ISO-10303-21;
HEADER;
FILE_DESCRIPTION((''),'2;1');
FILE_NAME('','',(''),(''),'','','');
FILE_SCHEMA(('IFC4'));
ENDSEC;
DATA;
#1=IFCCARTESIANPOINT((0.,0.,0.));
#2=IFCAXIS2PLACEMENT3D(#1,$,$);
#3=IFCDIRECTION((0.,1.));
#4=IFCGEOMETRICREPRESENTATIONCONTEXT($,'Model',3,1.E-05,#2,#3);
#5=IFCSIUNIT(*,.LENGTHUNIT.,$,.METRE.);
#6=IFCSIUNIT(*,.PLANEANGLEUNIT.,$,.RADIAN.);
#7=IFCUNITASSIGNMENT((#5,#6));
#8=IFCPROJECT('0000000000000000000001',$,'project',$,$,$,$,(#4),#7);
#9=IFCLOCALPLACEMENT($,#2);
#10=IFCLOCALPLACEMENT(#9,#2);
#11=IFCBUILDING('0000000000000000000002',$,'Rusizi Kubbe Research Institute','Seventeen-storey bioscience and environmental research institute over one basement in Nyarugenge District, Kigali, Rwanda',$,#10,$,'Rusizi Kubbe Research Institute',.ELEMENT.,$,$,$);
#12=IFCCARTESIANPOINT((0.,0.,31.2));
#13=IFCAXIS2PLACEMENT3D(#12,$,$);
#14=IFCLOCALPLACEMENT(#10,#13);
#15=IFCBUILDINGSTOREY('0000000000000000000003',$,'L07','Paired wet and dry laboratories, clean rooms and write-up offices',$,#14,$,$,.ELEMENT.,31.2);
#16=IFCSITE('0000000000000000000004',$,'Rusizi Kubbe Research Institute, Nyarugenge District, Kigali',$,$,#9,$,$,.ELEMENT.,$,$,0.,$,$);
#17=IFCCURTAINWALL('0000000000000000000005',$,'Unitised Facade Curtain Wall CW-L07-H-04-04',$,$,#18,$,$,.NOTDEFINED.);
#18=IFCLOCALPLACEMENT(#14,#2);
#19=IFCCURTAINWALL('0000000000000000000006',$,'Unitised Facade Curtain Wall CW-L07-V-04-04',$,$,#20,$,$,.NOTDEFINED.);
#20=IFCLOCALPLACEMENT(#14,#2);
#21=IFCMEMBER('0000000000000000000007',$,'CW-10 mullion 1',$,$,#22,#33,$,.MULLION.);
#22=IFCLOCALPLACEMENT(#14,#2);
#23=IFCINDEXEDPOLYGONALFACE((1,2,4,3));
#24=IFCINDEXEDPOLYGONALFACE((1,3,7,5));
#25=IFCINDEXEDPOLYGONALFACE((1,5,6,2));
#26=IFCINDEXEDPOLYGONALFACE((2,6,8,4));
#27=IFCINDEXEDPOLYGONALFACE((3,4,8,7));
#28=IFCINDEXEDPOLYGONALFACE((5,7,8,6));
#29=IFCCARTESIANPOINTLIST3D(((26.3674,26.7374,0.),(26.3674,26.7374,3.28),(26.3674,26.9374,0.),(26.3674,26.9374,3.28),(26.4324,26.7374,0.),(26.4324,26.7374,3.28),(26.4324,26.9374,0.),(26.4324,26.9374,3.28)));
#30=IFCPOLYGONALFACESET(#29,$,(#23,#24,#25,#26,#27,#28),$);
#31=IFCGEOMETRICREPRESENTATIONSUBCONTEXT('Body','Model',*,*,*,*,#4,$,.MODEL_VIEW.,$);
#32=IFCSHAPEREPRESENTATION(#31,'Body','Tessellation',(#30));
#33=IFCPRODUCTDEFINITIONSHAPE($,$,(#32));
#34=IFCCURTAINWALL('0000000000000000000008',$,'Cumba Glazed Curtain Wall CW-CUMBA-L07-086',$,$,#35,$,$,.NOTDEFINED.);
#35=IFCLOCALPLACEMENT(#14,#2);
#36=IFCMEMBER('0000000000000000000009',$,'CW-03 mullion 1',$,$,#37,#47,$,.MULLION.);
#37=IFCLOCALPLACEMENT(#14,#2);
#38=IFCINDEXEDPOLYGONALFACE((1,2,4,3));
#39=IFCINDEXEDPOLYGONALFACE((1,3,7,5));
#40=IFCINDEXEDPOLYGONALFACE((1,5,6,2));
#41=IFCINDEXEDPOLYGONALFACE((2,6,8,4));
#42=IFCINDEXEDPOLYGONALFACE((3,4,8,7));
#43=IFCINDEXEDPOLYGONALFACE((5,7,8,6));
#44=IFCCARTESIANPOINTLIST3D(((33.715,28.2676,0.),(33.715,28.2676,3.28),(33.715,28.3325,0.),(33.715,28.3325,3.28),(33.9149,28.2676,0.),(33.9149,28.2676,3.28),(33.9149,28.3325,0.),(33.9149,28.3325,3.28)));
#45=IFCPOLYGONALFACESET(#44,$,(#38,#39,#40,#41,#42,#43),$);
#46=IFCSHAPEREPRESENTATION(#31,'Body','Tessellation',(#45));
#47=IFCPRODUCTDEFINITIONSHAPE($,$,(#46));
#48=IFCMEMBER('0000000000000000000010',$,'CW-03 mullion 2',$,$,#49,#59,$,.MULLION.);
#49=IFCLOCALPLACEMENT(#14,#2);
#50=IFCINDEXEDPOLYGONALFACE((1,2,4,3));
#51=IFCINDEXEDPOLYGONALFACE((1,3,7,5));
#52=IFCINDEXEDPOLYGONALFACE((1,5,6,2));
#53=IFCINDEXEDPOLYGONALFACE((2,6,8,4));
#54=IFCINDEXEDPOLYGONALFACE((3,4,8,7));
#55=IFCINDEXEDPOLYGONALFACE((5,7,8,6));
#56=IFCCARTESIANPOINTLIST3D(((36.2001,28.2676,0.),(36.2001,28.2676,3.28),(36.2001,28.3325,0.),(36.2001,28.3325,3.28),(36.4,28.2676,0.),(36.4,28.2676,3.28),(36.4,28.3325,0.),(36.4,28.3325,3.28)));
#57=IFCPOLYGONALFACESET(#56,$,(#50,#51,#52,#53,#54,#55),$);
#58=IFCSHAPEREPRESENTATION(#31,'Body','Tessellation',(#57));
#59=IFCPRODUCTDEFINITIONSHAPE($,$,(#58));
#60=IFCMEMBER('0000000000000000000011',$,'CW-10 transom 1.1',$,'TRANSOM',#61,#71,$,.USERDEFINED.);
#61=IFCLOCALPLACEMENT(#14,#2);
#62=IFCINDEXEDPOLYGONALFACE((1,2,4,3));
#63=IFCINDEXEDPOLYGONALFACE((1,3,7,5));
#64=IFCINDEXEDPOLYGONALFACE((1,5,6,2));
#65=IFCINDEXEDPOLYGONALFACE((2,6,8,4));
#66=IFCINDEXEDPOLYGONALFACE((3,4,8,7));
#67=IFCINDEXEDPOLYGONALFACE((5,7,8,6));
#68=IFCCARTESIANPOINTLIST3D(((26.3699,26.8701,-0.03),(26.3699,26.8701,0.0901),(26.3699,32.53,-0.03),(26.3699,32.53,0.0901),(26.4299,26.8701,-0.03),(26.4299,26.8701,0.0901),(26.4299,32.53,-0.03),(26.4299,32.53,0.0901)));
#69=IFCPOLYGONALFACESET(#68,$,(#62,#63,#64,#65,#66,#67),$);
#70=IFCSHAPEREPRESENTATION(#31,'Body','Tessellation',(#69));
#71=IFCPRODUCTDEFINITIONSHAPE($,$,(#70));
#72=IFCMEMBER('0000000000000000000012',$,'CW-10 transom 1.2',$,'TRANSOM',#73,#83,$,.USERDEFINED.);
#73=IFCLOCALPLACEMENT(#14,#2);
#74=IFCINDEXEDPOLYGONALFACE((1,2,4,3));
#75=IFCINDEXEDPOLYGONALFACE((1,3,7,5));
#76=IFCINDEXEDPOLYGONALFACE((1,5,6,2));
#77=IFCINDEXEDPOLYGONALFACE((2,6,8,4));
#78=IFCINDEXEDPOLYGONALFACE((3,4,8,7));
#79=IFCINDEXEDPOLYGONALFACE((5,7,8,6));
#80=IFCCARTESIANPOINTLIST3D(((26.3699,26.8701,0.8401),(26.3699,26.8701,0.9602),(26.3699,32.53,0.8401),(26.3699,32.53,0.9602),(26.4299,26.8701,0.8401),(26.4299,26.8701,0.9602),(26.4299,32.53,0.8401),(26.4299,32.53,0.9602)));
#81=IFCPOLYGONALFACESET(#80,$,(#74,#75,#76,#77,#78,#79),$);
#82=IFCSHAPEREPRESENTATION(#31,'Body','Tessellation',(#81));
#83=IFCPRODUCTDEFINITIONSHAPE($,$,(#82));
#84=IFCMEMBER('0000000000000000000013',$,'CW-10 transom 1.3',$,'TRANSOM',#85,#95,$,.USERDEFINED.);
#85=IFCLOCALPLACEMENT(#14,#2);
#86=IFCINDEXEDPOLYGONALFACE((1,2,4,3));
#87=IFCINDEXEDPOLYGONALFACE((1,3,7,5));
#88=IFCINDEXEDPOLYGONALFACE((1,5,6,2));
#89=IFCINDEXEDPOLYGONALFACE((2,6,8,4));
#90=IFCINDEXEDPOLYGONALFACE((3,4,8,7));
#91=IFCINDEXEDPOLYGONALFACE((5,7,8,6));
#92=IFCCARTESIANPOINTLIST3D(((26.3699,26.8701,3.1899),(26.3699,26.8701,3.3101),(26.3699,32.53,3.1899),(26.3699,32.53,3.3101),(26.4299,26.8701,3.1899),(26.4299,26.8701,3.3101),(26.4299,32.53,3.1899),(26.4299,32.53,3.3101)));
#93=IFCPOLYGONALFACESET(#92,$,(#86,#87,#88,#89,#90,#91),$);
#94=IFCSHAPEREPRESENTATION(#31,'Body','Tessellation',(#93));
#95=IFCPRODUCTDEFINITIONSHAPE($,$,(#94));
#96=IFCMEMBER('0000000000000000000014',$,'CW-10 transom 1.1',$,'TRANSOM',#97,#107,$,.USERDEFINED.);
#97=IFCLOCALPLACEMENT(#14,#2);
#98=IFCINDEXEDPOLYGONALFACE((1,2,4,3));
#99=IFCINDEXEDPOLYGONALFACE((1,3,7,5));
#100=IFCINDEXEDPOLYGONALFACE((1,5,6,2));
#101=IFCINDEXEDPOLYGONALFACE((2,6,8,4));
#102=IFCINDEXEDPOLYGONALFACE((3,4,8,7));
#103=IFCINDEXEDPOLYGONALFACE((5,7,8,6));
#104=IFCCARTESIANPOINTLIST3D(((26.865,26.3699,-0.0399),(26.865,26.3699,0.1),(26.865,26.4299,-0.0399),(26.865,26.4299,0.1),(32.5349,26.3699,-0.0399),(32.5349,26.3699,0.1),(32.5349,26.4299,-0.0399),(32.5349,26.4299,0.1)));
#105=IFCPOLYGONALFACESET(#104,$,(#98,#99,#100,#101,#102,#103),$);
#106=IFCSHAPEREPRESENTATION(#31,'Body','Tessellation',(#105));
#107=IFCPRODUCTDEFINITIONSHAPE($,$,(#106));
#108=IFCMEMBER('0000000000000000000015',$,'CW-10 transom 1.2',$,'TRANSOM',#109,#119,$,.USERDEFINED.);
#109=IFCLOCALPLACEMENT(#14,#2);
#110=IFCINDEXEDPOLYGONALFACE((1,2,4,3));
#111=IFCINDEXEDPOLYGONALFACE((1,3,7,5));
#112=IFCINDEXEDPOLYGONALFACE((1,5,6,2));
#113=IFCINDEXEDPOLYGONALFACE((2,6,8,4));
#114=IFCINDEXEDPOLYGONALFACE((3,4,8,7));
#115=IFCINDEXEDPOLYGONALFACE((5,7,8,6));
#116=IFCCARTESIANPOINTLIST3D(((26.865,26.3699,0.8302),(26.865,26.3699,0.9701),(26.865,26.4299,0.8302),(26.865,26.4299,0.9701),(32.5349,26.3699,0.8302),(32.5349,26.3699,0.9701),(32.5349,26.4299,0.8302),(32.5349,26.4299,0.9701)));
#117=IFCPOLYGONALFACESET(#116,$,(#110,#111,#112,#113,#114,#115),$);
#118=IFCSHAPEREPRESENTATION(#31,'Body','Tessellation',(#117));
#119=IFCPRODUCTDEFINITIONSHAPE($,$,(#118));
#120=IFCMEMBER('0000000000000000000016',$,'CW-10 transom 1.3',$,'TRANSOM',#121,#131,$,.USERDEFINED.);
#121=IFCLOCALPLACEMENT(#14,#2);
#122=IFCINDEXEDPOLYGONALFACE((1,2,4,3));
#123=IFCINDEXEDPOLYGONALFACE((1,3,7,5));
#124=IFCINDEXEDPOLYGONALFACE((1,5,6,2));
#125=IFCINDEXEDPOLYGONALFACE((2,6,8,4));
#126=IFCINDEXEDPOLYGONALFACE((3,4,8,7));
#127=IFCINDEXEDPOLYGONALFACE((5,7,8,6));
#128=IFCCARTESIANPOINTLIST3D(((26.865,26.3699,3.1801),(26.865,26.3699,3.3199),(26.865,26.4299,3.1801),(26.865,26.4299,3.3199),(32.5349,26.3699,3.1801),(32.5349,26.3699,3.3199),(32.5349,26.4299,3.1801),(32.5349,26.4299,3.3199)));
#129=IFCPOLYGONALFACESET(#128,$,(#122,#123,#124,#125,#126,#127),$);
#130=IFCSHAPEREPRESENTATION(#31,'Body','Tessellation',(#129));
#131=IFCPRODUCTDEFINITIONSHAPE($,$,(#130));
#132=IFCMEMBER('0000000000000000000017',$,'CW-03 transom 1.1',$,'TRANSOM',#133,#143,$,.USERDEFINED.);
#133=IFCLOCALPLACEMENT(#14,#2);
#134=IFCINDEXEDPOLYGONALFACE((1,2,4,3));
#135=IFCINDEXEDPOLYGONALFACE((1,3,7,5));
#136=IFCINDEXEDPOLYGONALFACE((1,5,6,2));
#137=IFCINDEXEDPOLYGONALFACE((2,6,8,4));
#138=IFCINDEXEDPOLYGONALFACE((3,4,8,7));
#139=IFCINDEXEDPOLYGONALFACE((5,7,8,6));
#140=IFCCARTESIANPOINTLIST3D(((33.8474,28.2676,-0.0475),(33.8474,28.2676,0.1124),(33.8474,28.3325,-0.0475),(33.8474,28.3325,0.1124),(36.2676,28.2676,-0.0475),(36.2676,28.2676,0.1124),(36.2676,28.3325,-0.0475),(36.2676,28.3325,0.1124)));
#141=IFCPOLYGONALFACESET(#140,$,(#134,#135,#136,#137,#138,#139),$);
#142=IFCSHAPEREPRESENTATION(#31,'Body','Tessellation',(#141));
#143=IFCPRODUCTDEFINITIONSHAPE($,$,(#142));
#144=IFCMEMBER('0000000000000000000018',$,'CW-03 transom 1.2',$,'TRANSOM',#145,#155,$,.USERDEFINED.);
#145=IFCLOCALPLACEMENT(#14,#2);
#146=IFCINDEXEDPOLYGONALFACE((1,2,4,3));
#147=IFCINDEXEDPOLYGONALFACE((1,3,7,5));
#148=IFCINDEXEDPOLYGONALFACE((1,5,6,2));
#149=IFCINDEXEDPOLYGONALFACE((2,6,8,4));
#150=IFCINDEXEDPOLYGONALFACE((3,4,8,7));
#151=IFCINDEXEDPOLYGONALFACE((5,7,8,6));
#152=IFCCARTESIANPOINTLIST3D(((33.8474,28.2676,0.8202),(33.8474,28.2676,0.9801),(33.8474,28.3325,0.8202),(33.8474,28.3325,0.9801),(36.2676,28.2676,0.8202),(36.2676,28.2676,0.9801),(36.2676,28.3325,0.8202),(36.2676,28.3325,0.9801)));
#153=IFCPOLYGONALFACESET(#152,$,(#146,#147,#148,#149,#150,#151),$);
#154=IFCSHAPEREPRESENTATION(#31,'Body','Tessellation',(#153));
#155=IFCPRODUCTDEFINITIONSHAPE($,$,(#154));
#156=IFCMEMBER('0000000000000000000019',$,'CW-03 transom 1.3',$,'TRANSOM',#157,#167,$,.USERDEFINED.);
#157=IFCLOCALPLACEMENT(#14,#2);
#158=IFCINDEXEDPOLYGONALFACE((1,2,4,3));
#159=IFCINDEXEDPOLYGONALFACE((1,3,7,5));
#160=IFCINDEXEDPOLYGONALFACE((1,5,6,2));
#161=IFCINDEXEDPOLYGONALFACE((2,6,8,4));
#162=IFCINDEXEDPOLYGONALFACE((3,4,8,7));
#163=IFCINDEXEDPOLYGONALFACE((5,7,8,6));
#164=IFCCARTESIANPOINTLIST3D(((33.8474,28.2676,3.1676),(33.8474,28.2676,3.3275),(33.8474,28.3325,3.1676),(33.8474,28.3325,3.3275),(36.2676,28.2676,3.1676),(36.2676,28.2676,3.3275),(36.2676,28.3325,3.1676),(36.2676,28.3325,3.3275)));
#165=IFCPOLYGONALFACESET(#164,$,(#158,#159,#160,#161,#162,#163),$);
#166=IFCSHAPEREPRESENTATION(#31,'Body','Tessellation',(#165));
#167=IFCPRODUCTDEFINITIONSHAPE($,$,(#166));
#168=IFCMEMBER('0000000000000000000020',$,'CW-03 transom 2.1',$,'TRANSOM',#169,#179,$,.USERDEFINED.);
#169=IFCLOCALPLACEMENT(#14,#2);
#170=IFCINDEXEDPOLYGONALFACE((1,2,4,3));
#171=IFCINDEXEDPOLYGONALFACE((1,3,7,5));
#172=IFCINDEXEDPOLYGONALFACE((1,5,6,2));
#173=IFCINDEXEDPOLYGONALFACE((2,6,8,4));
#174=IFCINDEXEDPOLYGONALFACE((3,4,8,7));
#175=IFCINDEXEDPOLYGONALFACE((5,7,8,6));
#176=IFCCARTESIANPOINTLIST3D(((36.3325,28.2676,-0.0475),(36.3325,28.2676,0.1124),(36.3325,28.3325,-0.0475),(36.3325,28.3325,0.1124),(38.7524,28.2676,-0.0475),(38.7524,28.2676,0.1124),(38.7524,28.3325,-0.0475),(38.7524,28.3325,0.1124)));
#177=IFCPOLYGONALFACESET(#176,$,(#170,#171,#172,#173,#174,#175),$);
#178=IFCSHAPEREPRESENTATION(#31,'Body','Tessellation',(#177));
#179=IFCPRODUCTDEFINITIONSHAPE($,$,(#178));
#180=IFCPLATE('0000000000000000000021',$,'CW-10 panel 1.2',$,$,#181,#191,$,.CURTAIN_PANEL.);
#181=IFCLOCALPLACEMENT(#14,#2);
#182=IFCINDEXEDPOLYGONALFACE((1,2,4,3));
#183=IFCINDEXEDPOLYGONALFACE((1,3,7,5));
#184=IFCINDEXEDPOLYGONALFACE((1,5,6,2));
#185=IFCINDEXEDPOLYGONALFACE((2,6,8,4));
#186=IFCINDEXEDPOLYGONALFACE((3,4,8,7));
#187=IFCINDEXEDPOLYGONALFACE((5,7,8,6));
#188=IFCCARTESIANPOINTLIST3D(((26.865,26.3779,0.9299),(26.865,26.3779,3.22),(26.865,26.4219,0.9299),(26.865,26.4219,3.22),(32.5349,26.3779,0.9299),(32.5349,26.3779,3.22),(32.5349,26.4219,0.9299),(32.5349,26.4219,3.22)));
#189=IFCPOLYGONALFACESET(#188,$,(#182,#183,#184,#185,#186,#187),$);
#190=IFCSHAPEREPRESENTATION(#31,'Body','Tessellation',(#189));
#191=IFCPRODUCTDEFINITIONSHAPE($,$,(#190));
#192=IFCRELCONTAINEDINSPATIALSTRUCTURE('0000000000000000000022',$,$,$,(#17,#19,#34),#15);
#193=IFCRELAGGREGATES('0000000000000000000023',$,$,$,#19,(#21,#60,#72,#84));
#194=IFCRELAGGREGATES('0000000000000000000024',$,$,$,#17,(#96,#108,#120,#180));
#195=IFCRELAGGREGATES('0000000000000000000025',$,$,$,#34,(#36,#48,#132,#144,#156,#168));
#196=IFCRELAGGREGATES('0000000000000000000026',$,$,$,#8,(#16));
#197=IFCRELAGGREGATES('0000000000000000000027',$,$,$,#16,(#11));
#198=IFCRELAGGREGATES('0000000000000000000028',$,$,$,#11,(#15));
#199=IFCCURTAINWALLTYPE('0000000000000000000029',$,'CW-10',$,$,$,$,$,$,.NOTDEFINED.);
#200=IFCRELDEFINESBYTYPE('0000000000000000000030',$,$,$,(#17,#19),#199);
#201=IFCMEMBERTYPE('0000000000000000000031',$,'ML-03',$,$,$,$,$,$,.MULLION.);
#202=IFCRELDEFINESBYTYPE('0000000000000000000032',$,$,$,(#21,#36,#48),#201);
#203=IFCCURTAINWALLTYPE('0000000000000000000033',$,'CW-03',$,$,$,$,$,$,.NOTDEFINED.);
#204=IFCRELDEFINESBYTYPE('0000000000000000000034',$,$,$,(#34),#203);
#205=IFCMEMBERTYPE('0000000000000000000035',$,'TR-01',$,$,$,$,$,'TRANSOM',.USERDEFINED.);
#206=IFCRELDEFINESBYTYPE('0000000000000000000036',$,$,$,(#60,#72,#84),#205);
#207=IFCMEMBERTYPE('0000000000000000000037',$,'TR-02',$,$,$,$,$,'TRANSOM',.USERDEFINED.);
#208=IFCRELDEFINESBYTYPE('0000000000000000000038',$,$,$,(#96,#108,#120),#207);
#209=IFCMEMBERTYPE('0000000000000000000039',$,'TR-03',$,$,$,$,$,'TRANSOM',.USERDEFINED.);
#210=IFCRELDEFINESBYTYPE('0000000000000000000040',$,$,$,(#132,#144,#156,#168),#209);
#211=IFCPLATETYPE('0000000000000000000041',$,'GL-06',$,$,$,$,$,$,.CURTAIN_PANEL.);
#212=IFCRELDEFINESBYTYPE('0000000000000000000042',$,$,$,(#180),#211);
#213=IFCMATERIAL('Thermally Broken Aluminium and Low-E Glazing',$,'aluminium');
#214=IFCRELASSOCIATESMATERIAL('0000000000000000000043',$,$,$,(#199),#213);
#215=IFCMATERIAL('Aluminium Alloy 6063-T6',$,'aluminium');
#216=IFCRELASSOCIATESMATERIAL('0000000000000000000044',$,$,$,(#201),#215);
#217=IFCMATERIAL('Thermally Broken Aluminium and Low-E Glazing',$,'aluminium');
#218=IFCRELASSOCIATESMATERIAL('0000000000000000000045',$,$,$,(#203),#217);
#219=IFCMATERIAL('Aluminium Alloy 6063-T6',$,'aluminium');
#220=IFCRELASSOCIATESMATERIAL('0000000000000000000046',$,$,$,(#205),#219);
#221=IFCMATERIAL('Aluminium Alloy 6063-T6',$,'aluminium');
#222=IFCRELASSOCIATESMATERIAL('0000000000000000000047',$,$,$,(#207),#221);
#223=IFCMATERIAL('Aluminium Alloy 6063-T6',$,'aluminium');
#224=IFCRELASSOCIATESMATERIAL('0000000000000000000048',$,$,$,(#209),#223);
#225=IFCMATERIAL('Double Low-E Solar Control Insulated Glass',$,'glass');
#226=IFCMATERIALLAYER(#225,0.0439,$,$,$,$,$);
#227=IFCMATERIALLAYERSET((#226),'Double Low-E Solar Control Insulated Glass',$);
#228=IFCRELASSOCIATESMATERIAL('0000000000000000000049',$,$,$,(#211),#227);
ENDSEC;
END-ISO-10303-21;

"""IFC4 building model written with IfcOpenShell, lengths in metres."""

from ifc_helpers import new_model, si_unit, direction, frame, origin, origin_2d, place, context, subcontext, project, spatial, rectangle, extrude, material, layer, layer_set, material_profile, profile_set, type_object, element, aggregate, save


model = new_model("IFC4")

# Units and contexts
model_context = context("Model", 3, precision=1e-05, world=origin(), true_north=direction((0.0, 1.0)))
body_context = subcontext(model_context, "Body", "Model", "MODEL_VIEW")
ifc_project = project(units=[si_unit("LENGTHUNIT", "METRE"), si_unit("PLANEANGLEUNIT", "RADIAN")], contexts=[model_context])

# Site, building, storey
site_placement = place(None, origin())
site = spatial("IfcSite", under=ifc_project, at=site_placement, Name="Rusizi Kubbe Research Institute, Nyarugenge District, Kigali", CompositionType="ELEMENT", RefElevation=0.0)
building_placement = place(site_placement, origin())
building = spatial("IfcBuilding", under=site, at=building_placement, Name="Rusizi Kubbe Research Institute", Description="Seventeen-storey bioscience and environmental research institute over one basement in Nyarugenge District, Kigali, Rwanda", LongName="Rusizi Kubbe Research Institute", CompositionType="ELEMENT")
storey_placement = place(building_placement, frame((0.0, 0.0, 31.2)))
storey = spatial("IfcBuildingStorey", under=building, at=storey_placement, Name="L07", Description="Paired wet and dry laboratories, clean rooms and write-up offices", CompositionType="ELEMENT", Elevation=31.2)

# Curtain wall
ifc_material_1 = material(Name="Thermally Broken Aluminium and Low-E Glazing", Category="aluminium")
curtain_wall_type_1 = type_object("IfcCurtainWallType", Name="CW-10", PredefinedType="NOTDEFINED", material=ifc_material_1)
curtain_wall_1_placement = place(storey_placement, origin())
curtain_wall_1 = element("IfcCurtainWall", 1, at=curtain_wall_1_placement, inside=storey, type_object=curtain_wall_type_1, Name="Unitised Facade Curtain Wall CW-L07-H-04-04", PredefinedType="NOTDEFINED")

# Curtain wall, member
curtain_wall_2_placement = place(storey_placement, origin())
curtain_wall_2 = element("IfcCurtainWall", 2, at=curtain_wall_2_placement, inside=storey, type_object=curtain_wall_type_1, Name="Unitised Facade Curtain Wall CW-L07-V-04-04", PredefinedType="NOTDEFINED")
ifc_material_2 = material(Name="Aluminium Alloy 6063-T6", Category="aluminium")
ifc_material_profile_1 = material_profile(ifc_material_2, rectangle(XDim=0.0649, YDim=0.2, at=origin_2d()), Name="ALU-M 65x200")
ifc_profile_set_1 = profile_set([ifc_material_profile_1], Name="Aluminium Alloy 6063-T6")
member_type_1 = type_object("IfcMemberType", Name="ML-03", PredefinedType="MULLION", material=ifc_profile_set_1)
member_1_placement = place(storey_placement, frame((26.3999, 26.8374, 0.0), z_axis=(0.0, 0.0, 1.0), x_axis=(-1.0, 0.0, 0.0)))
member_1 = element("IfcMember", 3, at=member_1_placement, type_object=member_type_1, Name="CW-10 mullion 1", PredefinedType="MULLION", context=body_context, shape_type="SweptSolid", body=[
    extrude(rectangle(XDim=0.0649, YDim=0.2, at=origin_2d()), origin(), (0.0, 0.0, 1.0), 3.28),
])

# Curtain wall, members
ifc_material_3 = material(Name="Thermally Broken Aluminium and Low-E Glazing", Category="aluminium")
curtain_wall_type_2 = type_object("IfcCurtainWallType", Name="CW-03", PredefinedType="NOTDEFINED", material=ifc_material_3)
curtain_wall_3_placement = place(storey_placement, origin())
curtain_wall_3 = element("IfcCurtainWall", 4, at=curtain_wall_3_placement, inside=storey, type_object=curtain_wall_type_2, Name="Cumba Glazed Curtain Wall CW-CUMBA-L07-086", PredefinedType="NOTDEFINED")
member_2_placement = place(storey_placement, frame((33.8149, 28.3, 0.0), z_axis=(0.0, 0.0, 1.0), x_axis=(0.0, 1.0, 0.0)))
member_2 = element("IfcMember", 5, at=member_2_placement, type_object=member_type_1, Name="CW-03 mullion 1", PredefinedType="MULLION", context=body_context, shape_type="SweptSolid", body=[
    extrude(rectangle(XDim=0.0649, YDim=0.2, at=origin_2d()), origin(), (0.0, 0.0, 1.0), 3.28),
])
member_3_placement = place(storey_placement, frame((36.3, 28.3, 0.0), z_axis=(0.0, 0.0, 1.0), x_axis=(0.0, 1.0, 0.0)))
member_3 = element("IfcMember", 6, at=member_3_placement, type_object=member_type_1, Name="CW-03 mullion 2", PredefinedType="MULLION", context=body_context, shape_type="SweptSolid", body=[
    extrude(rectangle(XDim=0.0649, YDim=0.2, at=origin_2d()), origin(), (0.0, 0.0, 1.0), 3.28),
])

# Members
ifc_material_4 = material(Name="Aluminium Alloy 6063-T6", Category="aluminium")
ifc_material_profile_2 = material_profile(ifc_material_4, rectangle(XDim=0.0601, YDim=0.1201, at=origin_2d()), Name="ALU-T 60x120")
ifc_profile_set_2 = profile_set([ifc_material_profile_2], Name="Aluminium Alloy 6063-T6")
member_type_2 = type_object("IfcMemberType", Name="TR-01", ElementType="TRANSOM", PredefinedType="USERDEFINED", material=ifc_profile_set_2)
member_4_placement = place(storey_placement, frame((26.3999, 26.8701, 0.03), z_axis=(0.0, 1.0, 0.0), x_axis=(-1.0, 0.0, 0.0)))
member_4 = element("IfcMember", 7, at=member_4_placement, type_object=member_type_2, Name="CW-10 transom 1.1", ObjectType="TRANSOM", PredefinedType="USERDEFINED", context=body_context, shape_type="SweptSolid", body=[
    extrude(rectangle(XDim=0.0601, YDim=0.1201, at=origin_2d()), origin(), (0.0, 0.0, 1.0), 5.6599),
])
member_5_placement = place(storey_placement, frame((26.3999, 26.8701, 0.9001), z_axis=(0.0, 1.0, 0.0), x_axis=(-1.0, 0.0, 0.0)))
member_5 = element("IfcMember", 8, at=member_5_placement, type_object=member_type_2, Name="CW-10 transom 1.2", ObjectType="TRANSOM", PredefinedType="USERDEFINED", context=body_context, shape_type="SweptSolid", body=[
    extrude(rectangle(XDim=0.0601, YDim=0.1201, at=origin_2d()), origin(), (0.0, 0.0, 1.0), 5.6599),
])
member_6_placement = place(storey_placement, frame((26.3999, 26.8701, 3.25), z_axis=(0.0, 1.0, 0.0), x_axis=(-1.0, 0.0, 0.0)))
member_6 = element("IfcMember", 9, at=member_6_placement, type_object=member_type_2, Name="CW-10 transom 1.3", ObjectType="TRANSOM", PredefinedType="USERDEFINED", context=body_context, shape_type="SweptSolid", body=[
    extrude(rectangle(XDim=0.0601, YDim=0.1201, at=origin_2d()), origin(), (0.0, 0.0, 1.0), 5.6599),
])
aggregate(curtain_wall_2, [member_1, member_4, member_5, member_6])
ifc_material_5 = material(Name="Aluminium Alloy 6063-T6", Category="aluminium")
ifc_material_profile_3 = material_profile(ifc_material_5, rectangle(XDim=0.0601, YDim=0.1399, at=origin_2d()), Name="ALU-T 60x140")
ifc_profile_set_3 = profile_set([ifc_material_profile_3], Name="Aluminium Alloy 6063-T6")
member_type_3 = type_object("IfcMemberType", Name="TR-02", ElementType="TRANSOM", PredefinedType="USERDEFINED", material=ifc_profile_set_3)
member_7_placement = place(storey_placement, frame((26.865, 26.3999, 0.03), z_axis=(1.0, 0.0, 0.0), x_axis=(0.0, 1.0, 0.0)))
member_7 = element("IfcMember", 10, at=member_7_placement, type_object=member_type_3, Name="CW-10 transom 1.1", ObjectType="TRANSOM", PredefinedType="USERDEFINED", context=body_context, shape_type="SweptSolid", body=[
    extrude(rectangle(XDim=0.0601, YDim=0.1399, at=origin_2d()), origin(), (0.0, 0.0, 1.0), 5.6699),
])
member_8_placement = place(storey_placement, frame((26.865, 26.3999, 0.9001), z_axis=(1.0, 0.0, 0.0), x_axis=(0.0, 1.0, 0.0)))
member_8 = element("IfcMember", 11, at=member_8_placement, type_object=member_type_3, Name="CW-10 transom 1.2", ObjectType="TRANSOM", PredefinedType="USERDEFINED", context=body_context, shape_type="SweptSolid", body=[
    extrude(rectangle(XDim=0.0601, YDim=0.1399, at=origin_2d()), origin(), (0.0, 0.0, 1.0), 5.6699),
])
member_9_placement = place(storey_placement, frame((26.865, 26.3999, 3.25), z_axis=(1.0, 0.0, 0.0), x_axis=(0.0, 1.0, 0.0)))
member_9 = element("IfcMember", 12, at=member_9_placement, type_object=member_type_3, Name="CW-10 transom 1.3", ObjectType="TRANSOM", PredefinedType="USERDEFINED", context=body_context, shape_type="SweptSolid", body=[
    extrude(rectangle(XDim=0.0601, YDim=0.1399, at=origin_2d()), origin(), (0.0, 0.0, 1.0), 5.6699),
])
ifc_material_6 = material(Name="Aluminium Alloy 6063-T6", Category="aluminium")
ifc_material_profile_4 = material_profile(ifc_material_6, rectangle(XDim=0.0649, YDim=0.1599, at=origin_2d()), Name="ALU-T 65x160")
ifc_profile_set_4 = profile_set([ifc_material_profile_4], Name="Aluminium Alloy 6063-T6")
member_type_4 = type_object("IfcMemberType", Name="TR-03", ElementType="TRANSOM", PredefinedType="USERDEFINED", material=ifc_profile_set_4)
member_10_placement = place(storey_placement, frame((33.8474, 28.3, 0.0325), z_axis=(1.0, 0.0, 0.0), x_axis=(0.0, 1.0, 0.0)))
member_10 = element("IfcMember", 13, at=member_10_placement, type_object=member_type_4, Name="CW-03 transom 1.1", ObjectType="TRANSOM", PredefinedType="USERDEFINED", context=body_context, shape_type="SweptSolid", body=[
    extrude(rectangle(XDim=0.0649, YDim=0.1599, at=origin_2d()), origin(), (0.0, 0.0, 1.0), 2.4202),
])
member_11_placement = place(storey_placement, frame((33.8474, 28.3, 0.9001), z_axis=(1.0, 0.0, 0.0), x_axis=(0.0, 1.0, 0.0)))
member_11 = element("IfcMember", 14, at=member_11_placement, type_object=member_type_4, Name="CW-03 transom 1.2", ObjectType="TRANSOM", PredefinedType="USERDEFINED", context=body_context, shape_type="SweptSolid", body=[
    extrude(rectangle(XDim=0.0649, YDim=0.1599, at=origin_2d()), origin(), (0.0, 0.0, 1.0), 2.4202),
])
member_12_placement = place(storey_placement, frame((33.8474, 28.3, 3.2476), z_axis=(1.0, 0.0, 0.0), x_axis=(0.0, 1.0, 0.0)))
member_12 = element("IfcMember", 15, at=member_12_placement, type_object=member_type_4, Name="CW-03 transom 1.3", ObjectType="TRANSOM", PredefinedType="USERDEFINED", context=body_context, shape_type="SweptSolid", body=[
    extrude(rectangle(XDim=0.0649, YDim=0.1599, at=origin_2d()), origin(), (0.0, 0.0, 1.0), 2.4202),
])
member_13_placement = place(storey_placement, frame((36.3325, 28.3, 0.0325), z_axis=(1.0, 0.0, 0.0), x_axis=(0.0, 1.0, 0.0)))
member_13 = element("IfcMember", 16, at=member_13_placement, type_object=member_type_4, Name="CW-03 transom 2.1", ObjectType="TRANSOM", PredefinedType="USERDEFINED", context=body_context, shape_type="SweptSolid", body=[
    extrude(rectangle(XDim=0.0649, YDim=0.1599, at=origin_2d()), origin(), (0.0, 0.0, 1.0), 2.4199),
])

# Plate
ifc_material_7 = material(Name="Double Low-E Solar Control Insulated Glass", Category="glass")
ifc_layer_1 = layer(ifc_material_7, 0.0439)
ifc_layer_set_1 = layer_set([ifc_layer_1], Name="Double Low-E Solar Control Insulated Glass")
plate_type_1 = type_object("IfcPlateType", Name="GL-06", PredefinedType="CURTAIN_PANEL", material=ifc_layer_set_1)
plate_1_placement = place(storey_placement, frame((29.7, 26.3999, 0.9299), z_axis=(0.0, 0.0, 1.0), x_axis=(1.0, 0.0, 0.0)))
plate_1 = element("IfcPlate", 17, at=plate_1_placement, type_object=plate_type_1, Name="CW-10 panel 1.2", PredefinedType="CURTAIN_PANEL", context=body_context, shape_type="SweptSolid", body=[
    extrude(rectangle(XDim=5.6699, YDim=0.0439, at=origin_2d()), origin(), (0.0, 0.0, 1.0), 2.29),
])
aggregate(curtain_wall_1, [member_7, member_8, member_9, plate_1])
aggregate(curtain_wall_3, [member_2, member_3, member_10, member_11, member_12, member_13])

save(model, "model.ifc")
